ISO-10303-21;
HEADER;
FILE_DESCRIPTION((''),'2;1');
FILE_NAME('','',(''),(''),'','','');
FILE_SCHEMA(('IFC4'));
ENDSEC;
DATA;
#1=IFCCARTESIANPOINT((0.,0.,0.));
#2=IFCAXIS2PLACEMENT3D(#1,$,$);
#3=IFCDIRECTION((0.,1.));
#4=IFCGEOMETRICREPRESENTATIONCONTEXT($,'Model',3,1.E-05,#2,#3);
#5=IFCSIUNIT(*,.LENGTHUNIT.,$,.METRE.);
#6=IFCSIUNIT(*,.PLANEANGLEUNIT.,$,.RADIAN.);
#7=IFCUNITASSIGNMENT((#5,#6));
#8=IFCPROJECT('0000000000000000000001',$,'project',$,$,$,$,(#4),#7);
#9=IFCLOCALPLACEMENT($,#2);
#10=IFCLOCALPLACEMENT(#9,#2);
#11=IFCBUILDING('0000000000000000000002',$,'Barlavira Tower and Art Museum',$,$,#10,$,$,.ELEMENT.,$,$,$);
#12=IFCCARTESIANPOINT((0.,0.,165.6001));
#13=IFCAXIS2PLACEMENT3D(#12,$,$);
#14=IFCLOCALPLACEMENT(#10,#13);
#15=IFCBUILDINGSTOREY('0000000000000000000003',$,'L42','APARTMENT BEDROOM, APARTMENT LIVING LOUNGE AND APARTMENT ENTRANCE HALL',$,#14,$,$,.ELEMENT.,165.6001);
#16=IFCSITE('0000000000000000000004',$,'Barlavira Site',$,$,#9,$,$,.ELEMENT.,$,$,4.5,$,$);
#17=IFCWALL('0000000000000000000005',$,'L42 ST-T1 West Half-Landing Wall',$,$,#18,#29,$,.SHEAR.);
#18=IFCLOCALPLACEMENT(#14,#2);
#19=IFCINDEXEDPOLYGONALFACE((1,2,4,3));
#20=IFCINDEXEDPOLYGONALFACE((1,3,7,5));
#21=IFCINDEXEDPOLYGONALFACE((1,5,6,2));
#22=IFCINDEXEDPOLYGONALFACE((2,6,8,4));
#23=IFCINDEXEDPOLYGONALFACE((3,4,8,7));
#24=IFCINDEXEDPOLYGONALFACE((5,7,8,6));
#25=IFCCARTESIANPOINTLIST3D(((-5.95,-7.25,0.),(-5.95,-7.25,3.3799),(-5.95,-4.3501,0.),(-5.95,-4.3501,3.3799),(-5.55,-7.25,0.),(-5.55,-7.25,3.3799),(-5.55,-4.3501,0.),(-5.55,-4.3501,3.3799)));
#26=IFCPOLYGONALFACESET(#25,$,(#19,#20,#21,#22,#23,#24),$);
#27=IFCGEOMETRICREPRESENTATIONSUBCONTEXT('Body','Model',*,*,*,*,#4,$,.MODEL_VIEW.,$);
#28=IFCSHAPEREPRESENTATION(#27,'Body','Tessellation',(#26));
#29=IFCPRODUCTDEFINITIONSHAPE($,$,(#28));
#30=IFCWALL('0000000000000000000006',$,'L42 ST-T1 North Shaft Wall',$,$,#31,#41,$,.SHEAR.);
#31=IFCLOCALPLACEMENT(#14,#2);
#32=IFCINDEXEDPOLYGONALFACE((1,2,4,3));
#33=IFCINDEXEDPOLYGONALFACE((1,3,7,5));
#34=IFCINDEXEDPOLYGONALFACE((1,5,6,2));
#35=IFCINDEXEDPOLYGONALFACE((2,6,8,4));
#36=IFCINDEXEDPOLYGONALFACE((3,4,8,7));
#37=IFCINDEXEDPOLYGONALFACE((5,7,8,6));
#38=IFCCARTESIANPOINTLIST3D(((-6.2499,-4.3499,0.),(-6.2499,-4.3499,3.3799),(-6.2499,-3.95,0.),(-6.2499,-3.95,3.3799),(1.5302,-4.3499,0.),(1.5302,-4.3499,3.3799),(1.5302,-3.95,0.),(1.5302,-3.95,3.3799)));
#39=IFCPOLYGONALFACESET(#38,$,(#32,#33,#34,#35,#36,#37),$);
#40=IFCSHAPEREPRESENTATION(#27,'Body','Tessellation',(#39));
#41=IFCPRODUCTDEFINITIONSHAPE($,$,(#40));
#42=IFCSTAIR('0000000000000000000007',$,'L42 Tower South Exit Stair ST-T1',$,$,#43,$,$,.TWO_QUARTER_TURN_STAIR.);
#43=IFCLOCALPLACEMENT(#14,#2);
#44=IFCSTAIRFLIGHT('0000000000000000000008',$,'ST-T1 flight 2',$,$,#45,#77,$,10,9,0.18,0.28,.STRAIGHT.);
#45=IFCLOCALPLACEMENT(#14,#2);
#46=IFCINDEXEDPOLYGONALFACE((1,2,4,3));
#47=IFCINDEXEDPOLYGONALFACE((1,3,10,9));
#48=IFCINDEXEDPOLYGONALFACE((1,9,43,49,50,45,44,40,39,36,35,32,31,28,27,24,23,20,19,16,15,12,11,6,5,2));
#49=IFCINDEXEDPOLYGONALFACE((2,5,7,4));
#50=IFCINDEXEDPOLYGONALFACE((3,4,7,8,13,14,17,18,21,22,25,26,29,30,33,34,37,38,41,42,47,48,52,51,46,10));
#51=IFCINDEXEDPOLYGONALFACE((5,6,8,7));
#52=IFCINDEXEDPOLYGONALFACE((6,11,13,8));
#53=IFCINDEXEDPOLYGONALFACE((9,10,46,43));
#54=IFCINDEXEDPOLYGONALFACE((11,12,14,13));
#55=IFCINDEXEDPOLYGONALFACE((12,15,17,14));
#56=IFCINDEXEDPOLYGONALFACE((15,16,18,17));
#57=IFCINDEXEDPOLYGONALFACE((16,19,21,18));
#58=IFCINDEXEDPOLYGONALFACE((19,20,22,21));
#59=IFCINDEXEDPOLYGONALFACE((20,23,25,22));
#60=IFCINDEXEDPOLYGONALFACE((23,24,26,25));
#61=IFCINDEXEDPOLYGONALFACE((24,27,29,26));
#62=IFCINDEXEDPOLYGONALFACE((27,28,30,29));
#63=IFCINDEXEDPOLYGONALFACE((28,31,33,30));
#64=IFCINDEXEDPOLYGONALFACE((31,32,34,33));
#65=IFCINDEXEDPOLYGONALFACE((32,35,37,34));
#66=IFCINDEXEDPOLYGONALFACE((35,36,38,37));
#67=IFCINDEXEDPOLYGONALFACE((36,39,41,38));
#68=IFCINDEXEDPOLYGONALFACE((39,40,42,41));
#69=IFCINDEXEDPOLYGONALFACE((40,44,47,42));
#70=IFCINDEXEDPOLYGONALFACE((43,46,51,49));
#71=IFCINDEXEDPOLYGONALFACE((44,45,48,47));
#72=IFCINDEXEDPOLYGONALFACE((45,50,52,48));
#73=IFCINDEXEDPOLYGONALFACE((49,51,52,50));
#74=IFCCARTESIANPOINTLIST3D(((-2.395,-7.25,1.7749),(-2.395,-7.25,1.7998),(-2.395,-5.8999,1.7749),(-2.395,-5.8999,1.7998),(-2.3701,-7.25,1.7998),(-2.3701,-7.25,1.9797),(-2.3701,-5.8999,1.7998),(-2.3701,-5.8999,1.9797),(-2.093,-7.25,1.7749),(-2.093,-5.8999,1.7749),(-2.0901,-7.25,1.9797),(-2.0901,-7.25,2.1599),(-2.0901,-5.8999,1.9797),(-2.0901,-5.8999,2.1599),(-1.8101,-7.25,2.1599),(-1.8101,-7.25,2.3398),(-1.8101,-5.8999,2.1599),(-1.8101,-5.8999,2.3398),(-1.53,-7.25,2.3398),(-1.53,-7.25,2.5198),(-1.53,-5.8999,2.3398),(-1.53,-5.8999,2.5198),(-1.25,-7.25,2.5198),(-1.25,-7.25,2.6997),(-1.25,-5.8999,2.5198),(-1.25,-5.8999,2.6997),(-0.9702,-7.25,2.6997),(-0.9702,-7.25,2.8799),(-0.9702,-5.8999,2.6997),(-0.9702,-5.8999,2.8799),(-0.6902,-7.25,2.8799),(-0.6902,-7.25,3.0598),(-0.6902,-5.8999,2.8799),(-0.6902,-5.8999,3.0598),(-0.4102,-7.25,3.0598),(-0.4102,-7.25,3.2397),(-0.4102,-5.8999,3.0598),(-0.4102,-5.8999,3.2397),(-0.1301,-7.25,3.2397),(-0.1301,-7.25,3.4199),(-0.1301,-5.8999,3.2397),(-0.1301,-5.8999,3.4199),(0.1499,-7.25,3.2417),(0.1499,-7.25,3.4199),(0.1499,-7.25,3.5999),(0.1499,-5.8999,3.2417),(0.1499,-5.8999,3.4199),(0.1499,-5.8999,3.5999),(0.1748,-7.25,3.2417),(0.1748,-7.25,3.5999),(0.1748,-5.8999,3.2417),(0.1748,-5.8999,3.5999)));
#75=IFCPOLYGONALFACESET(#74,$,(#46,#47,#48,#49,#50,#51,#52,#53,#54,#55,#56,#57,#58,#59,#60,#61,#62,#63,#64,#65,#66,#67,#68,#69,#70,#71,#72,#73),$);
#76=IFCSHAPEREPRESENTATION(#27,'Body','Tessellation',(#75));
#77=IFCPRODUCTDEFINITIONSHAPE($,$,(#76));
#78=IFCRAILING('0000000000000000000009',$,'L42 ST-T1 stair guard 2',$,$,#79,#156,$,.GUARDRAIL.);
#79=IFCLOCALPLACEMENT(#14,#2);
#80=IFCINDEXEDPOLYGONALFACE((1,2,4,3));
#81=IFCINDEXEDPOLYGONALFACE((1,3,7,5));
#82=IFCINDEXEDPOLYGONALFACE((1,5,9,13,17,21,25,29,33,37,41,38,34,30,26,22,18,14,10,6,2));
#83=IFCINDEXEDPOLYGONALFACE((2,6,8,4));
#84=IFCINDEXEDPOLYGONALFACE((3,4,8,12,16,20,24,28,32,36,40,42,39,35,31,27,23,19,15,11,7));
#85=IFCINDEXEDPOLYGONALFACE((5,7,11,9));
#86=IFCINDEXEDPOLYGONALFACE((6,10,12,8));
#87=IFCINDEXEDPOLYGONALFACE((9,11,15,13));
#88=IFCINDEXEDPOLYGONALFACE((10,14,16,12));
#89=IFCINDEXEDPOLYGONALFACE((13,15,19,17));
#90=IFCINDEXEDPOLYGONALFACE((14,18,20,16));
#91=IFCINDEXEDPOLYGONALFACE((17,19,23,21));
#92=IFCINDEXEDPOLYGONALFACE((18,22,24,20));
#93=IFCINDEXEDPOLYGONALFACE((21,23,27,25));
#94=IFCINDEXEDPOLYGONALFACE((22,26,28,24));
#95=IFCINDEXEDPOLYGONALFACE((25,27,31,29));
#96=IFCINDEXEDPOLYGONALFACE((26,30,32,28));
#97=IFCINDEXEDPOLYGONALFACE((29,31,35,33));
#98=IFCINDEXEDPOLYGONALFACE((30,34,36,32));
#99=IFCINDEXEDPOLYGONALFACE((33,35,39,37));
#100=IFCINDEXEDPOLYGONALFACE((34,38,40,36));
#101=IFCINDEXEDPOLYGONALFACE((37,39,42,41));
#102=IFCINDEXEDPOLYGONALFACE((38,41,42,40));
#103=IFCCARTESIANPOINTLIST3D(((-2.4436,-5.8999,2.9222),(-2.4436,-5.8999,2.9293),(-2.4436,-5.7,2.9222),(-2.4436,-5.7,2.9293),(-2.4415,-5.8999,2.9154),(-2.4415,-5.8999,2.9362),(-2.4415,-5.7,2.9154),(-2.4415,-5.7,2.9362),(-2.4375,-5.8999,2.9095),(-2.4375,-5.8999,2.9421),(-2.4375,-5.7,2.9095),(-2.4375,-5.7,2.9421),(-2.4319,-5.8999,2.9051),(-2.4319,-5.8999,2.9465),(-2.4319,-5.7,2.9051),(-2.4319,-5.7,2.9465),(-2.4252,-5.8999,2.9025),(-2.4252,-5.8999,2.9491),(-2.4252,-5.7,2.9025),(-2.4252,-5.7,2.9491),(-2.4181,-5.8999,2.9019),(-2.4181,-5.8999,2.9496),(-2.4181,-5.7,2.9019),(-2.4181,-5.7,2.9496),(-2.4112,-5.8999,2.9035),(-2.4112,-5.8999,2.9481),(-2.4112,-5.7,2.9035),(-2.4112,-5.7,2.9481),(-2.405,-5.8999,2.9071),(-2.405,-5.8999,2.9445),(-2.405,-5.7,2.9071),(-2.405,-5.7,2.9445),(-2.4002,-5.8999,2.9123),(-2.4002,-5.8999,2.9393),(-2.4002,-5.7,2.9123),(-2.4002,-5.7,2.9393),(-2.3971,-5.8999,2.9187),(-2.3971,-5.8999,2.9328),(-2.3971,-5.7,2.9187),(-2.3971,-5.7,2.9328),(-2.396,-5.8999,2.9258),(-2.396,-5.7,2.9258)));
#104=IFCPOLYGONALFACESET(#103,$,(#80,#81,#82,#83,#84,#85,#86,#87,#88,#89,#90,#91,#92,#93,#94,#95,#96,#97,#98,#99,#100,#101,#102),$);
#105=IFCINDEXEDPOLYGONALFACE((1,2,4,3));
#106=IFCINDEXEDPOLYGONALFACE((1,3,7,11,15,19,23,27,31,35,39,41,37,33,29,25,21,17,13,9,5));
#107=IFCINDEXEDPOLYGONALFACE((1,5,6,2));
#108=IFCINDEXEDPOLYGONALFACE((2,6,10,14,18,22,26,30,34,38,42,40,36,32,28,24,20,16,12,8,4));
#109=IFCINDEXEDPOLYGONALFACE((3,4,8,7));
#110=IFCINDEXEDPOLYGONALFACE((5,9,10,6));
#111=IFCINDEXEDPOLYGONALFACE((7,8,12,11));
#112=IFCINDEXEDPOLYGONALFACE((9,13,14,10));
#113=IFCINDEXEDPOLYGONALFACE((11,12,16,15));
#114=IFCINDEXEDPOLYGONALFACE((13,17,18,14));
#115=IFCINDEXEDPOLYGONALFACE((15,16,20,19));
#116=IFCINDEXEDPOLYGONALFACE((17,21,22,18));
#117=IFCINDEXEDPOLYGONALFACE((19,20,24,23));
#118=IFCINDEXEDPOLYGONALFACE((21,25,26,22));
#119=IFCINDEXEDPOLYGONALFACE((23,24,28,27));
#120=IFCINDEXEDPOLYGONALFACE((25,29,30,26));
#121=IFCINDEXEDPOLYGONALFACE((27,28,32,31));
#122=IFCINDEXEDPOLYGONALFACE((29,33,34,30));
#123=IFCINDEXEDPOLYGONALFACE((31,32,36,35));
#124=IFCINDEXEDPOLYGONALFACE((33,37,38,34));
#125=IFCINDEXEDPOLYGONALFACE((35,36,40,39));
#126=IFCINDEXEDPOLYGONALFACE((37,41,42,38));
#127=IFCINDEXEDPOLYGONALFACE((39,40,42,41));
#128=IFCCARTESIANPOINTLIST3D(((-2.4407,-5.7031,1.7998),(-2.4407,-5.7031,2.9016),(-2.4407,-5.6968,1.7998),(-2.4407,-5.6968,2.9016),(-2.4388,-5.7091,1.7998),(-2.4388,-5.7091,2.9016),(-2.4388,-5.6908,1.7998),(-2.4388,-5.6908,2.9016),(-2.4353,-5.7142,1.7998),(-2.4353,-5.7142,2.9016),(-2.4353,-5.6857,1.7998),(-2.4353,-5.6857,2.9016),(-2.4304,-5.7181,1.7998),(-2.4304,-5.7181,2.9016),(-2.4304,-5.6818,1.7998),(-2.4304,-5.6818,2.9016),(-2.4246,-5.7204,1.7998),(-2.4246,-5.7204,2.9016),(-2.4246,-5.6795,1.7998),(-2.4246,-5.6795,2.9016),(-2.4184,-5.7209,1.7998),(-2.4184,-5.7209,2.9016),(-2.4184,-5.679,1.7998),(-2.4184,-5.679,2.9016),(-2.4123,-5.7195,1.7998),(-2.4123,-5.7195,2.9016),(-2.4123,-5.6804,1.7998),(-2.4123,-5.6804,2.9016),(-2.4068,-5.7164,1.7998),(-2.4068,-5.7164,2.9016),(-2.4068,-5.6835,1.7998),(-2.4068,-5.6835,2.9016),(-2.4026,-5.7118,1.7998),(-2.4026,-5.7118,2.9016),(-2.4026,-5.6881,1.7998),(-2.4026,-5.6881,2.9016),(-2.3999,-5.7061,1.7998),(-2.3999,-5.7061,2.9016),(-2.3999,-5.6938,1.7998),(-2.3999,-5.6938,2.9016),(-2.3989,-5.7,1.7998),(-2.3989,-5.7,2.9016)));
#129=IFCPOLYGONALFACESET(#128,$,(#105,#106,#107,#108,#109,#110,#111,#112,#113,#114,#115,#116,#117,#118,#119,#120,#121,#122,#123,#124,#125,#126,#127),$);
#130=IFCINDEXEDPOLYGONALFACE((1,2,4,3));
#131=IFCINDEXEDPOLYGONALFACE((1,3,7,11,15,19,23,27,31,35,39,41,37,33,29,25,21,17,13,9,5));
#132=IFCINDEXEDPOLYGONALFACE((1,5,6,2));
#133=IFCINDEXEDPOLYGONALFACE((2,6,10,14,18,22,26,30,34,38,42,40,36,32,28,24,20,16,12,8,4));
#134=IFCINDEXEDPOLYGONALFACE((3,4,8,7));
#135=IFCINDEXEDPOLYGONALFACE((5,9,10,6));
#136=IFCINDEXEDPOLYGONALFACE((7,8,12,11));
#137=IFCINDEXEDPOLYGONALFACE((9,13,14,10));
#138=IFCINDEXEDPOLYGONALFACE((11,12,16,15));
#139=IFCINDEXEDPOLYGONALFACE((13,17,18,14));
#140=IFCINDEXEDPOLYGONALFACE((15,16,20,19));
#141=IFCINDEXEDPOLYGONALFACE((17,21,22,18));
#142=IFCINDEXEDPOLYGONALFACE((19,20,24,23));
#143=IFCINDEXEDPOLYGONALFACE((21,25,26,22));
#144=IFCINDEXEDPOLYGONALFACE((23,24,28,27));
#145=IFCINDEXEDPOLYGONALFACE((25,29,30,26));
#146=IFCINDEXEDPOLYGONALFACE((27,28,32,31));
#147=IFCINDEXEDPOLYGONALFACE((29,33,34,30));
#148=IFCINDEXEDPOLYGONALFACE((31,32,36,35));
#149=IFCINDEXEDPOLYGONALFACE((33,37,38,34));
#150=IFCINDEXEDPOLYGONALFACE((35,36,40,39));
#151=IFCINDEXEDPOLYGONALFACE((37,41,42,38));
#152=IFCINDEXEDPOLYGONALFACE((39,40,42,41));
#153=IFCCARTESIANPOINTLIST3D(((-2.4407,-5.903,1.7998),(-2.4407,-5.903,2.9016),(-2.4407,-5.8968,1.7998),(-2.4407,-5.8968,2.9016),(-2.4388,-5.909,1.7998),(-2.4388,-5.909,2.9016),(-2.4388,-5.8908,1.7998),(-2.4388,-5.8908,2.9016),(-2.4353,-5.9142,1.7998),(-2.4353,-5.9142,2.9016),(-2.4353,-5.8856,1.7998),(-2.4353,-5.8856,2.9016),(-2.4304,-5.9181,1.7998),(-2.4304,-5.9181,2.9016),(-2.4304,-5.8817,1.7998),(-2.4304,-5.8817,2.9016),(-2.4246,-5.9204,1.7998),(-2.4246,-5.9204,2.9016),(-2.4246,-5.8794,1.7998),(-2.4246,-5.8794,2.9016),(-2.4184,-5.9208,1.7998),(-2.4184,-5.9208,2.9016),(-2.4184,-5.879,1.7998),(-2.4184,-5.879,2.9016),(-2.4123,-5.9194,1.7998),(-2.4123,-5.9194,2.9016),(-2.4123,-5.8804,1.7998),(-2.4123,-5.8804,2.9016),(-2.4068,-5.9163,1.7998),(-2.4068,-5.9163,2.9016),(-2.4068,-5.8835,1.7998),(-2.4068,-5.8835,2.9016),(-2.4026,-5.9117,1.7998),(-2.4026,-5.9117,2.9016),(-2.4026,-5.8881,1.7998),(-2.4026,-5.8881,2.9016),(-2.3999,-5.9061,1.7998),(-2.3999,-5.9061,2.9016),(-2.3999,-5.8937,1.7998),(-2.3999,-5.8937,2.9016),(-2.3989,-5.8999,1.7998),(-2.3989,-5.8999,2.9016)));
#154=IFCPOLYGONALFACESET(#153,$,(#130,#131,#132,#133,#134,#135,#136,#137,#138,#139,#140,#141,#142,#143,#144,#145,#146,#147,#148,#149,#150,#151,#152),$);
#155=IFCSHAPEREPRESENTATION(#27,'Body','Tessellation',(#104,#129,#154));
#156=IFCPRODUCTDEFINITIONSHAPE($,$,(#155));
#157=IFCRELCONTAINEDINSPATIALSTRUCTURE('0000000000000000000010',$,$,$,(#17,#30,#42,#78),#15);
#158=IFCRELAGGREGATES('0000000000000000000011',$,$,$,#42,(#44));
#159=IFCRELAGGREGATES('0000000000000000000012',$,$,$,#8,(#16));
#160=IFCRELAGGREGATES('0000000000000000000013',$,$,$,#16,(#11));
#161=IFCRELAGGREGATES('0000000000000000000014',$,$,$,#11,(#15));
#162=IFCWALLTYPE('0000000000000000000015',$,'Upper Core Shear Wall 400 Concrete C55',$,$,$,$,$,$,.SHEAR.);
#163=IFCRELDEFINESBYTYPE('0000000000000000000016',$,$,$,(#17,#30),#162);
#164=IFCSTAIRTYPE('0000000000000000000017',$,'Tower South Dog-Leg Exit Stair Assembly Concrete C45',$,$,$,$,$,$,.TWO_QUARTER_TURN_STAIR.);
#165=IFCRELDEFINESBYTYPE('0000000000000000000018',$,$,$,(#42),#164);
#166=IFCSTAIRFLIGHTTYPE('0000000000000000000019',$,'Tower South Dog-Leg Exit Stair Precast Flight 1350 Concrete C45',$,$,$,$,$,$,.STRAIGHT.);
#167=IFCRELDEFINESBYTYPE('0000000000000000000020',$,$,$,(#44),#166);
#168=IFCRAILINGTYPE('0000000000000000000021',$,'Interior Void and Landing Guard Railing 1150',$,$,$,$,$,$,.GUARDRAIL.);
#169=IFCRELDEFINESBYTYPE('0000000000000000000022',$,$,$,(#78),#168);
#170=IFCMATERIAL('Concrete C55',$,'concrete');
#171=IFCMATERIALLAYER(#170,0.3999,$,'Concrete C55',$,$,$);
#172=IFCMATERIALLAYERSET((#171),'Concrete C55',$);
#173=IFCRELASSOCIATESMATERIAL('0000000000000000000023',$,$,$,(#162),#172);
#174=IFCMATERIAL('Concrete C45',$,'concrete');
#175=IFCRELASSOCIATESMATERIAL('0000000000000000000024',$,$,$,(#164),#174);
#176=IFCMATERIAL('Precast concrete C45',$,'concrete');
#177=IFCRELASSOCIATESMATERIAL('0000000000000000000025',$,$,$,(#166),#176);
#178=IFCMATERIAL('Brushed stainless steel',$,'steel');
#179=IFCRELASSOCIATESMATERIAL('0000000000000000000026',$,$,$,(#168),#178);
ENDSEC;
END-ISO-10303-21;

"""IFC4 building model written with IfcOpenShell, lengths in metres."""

from ifc_helpers import new_model, si_unit, direction, frame, frame_2d, origin, origin_2d, place, context, subcontext, project, spatial, polyline, rectangle, circle, outline, extrude, material, layer, layer_set, type_object, element, aggregate, save


model = new_model("IFC4")

# Units and contexts
model_context = context("Model", 3, precision=1e-05, world=origin(), true_north=direction((0.0, 1.0)))
body_context = subcontext(model_context, "Body", "Model", "MODEL_VIEW")
ifc_project = project(units=[si_unit("LENGTHUNIT", "METRE"), si_unit("PLANEANGLEUNIT", "RADIAN")], contexts=[model_context])

# Site, building, storey
site_placement = place(None, origin())
site = spatial("IfcSite", under=ifc_project, at=site_placement, Name="Barlavira Site", CompositionType="ELEMENT", RefElevation=4.5)
building_placement = place(site_placement, origin())
building = spatial("IfcBuilding", under=site, at=building_placement, Name="Barlavira Tower and Art Museum", CompositionType="ELEMENT")
storey_placement = place(building_placement, frame((0.0, 0.0, 165.6001)))
storey = spatial("IfcBuildingStorey", under=building, at=storey_placement, Name="L42", Description="APARTMENT BEDROOM, APARTMENT LIVING LOUNGE AND APARTMENT ENTRANCE HALL", CompositionType="ELEMENT", Elevation=165.6001)

# Shared definitions
ifc_material_1 = material(Name="Brushed stainless steel", Category="steel")

# Walls
ifc_material_2 = material(Name="Concrete C55", Category="concrete")
ifc_layer_1 = layer(ifc_material_2, 0.3999, Name="Concrete C55")
ifc_layer_set_1 = layer_set([ifc_layer_1], Name="Concrete C55")
wall_type_1 = type_object("IfcWallType", Name="Upper Core Shear Wall 400 Concrete C55", PredefinedType="SHEAR", material=ifc_layer_set_1)
wall_1_placement = place(storey_placement, frame((-5.75, -7.25, 0.0), z_axis=(0.0, 0.0, 1.0), x_axis=(0.0, 1.0, 0.0)))
element("IfcWall", 1, at=wall_1_placement, inside=storey, type_object=wall_type_1, Name="L42 ST-T1 West Half-Landing Wall", PredefinedType="SHEAR", context=body_context, shape_type="SweptSolid", body=[
    extrude(rectangle(XDim=2.8999, YDim=0.3999, at=frame_2d((1.45, 0.0))), origin(), (0.0, 0.0, 1.0), 3.3799),
])
wall_2_placement = place(storey_placement, frame((-6.25, -4.1499, 0.0), z_axis=(0.0, 0.0, 1.0), x_axis=(1.0, 0.0, 0.0)))
element("IfcWall", 2, at=wall_2_placement, inside=storey, type_object=wall_type_1, Name="L42 ST-T1 North Shaft Wall", PredefinedType="SHEAR", context=body_context, shape_type="SweptSolid", body=[
    extrude(rectangle(XDim=7.78, YDim=0.3999, at=frame_2d((3.8901, 0.0))), origin(), (0.0, 0.0, 1.0), 3.3799),
])

# Stair, stair flight
ifc_material_3 = material(Name="Concrete C45", Category="concrete")
stair_type = type_object("IfcStairType", Name="Tower South Dog-Leg Exit Stair Assembly Concrete C45", PredefinedType="TWO_QUARTER_TURN_STAIR", material=ifc_material_3)
stair_placement = place(storey_placement, origin())
stair = element("IfcStair", 3, at=stair_placement, inside=storey, type_object=stair_type, Name="L42 Tower South Exit Stair ST-T1", PredefinedType="TWO_QUARTER_TURN_STAIR")
ifc_material_4 = material(Name="Precast concrete C45", Category="concrete")
stair_flight_type = type_object("IfcStairFlightType", Name="Tower South Dog-Leg Exit Stair Precast Flight 1350 Concrete C45", PredefinedType="STRAIGHT", material=ifc_material_4)
stair_flight_placement = place(storey_placement, frame((-2.3701, -6.575, 1.7998), z_axis=(0.0, 0.0, 1.0), x_axis=(1.0, 0.0, 0.0)))
stair_flight = element("IfcStairFlight", 4, at=stair_flight_placement, type_object=stair_flight_type, Name="ST-T1 flight 2", NumberOfRisers=10, NumberOfTreads=9, PredefinedType="STRAIGHT", RiserHeight=0.18, TreadLength=0.28, context=body_context, shape_type="SweptSolid", body=[
    extrude(outline(polyline([(-0.0249, 0.0), (0.0, 0.0), (0.0, 0.1799), (0.28, 0.1799), (0.28, 0.3601), (0.5601, 0.3601), (0.5601, 0.54), (0.8401, 0.54), (0.8401, 0.72), (1.1201, 0.72), (1.1201, 0.8999), (1.3999, 0.8999), (1.3999, 1.0801), (1.6799, 1.0801), (1.6799, 1.26), (1.96, 1.26), (1.96, 1.4399), (2.24, 1.4399), (2.24, 1.6201), (2.52, 1.6201), (2.52, 1.8), (2.5449, 1.8), (2.5449, 1.4419), (2.52, 1.4419), (0.2771, -0.0249), (-0.0249, -0.0249), (-0.0249, 0.0)])), frame((0.0, 0.675, 0.0), z_axis=(0.0, -1.0, 0.0), x_axis=(1.0, 0.0, 0.0)), (0.0, 0.0, 1.0), 1.3501),
])
aggregate(stair, [stair_flight])

# Railing
railing_type_1 = type_object("IfcRailingType", Name="Interior Void and Landing Guard Railing 1150", PredefinedType="GUARDRAIL", material=ifc_material_1)
railing_1_placement = place(storey_placement, frame((-2.4199, -5.7, 1.7998)))
element("IfcRailing", 5, at=railing_1_placement, inside=storey, type_object=railing_type_1, Name="L42 ST-T1 stair guard 2", PredefinedType="GUARDRAIL", context=body_context, shape_type="SweptSolid", body=[
    extrude(circle(Radius=0.0239, at=origin_2d()), frame((0.0, 0.0, 1.126), z_axis=(0.0, -1.0, 0.0), x_axis=(1.0, 0.0, 0.0)), (0.0, 0.0, 1.0), 0.2),
    extrude(circle(Radius=0.021, at=origin_2d()), origin(), (0.0, 0.0, 1.0), 1.1018),
    extrude(circle(Radius=0.021, at=origin_2d()), frame((0.0, -0.2, 0.0)), (0.0, 0.0, 1.0), 1.1018),
])

save(model, "model.ifc")
